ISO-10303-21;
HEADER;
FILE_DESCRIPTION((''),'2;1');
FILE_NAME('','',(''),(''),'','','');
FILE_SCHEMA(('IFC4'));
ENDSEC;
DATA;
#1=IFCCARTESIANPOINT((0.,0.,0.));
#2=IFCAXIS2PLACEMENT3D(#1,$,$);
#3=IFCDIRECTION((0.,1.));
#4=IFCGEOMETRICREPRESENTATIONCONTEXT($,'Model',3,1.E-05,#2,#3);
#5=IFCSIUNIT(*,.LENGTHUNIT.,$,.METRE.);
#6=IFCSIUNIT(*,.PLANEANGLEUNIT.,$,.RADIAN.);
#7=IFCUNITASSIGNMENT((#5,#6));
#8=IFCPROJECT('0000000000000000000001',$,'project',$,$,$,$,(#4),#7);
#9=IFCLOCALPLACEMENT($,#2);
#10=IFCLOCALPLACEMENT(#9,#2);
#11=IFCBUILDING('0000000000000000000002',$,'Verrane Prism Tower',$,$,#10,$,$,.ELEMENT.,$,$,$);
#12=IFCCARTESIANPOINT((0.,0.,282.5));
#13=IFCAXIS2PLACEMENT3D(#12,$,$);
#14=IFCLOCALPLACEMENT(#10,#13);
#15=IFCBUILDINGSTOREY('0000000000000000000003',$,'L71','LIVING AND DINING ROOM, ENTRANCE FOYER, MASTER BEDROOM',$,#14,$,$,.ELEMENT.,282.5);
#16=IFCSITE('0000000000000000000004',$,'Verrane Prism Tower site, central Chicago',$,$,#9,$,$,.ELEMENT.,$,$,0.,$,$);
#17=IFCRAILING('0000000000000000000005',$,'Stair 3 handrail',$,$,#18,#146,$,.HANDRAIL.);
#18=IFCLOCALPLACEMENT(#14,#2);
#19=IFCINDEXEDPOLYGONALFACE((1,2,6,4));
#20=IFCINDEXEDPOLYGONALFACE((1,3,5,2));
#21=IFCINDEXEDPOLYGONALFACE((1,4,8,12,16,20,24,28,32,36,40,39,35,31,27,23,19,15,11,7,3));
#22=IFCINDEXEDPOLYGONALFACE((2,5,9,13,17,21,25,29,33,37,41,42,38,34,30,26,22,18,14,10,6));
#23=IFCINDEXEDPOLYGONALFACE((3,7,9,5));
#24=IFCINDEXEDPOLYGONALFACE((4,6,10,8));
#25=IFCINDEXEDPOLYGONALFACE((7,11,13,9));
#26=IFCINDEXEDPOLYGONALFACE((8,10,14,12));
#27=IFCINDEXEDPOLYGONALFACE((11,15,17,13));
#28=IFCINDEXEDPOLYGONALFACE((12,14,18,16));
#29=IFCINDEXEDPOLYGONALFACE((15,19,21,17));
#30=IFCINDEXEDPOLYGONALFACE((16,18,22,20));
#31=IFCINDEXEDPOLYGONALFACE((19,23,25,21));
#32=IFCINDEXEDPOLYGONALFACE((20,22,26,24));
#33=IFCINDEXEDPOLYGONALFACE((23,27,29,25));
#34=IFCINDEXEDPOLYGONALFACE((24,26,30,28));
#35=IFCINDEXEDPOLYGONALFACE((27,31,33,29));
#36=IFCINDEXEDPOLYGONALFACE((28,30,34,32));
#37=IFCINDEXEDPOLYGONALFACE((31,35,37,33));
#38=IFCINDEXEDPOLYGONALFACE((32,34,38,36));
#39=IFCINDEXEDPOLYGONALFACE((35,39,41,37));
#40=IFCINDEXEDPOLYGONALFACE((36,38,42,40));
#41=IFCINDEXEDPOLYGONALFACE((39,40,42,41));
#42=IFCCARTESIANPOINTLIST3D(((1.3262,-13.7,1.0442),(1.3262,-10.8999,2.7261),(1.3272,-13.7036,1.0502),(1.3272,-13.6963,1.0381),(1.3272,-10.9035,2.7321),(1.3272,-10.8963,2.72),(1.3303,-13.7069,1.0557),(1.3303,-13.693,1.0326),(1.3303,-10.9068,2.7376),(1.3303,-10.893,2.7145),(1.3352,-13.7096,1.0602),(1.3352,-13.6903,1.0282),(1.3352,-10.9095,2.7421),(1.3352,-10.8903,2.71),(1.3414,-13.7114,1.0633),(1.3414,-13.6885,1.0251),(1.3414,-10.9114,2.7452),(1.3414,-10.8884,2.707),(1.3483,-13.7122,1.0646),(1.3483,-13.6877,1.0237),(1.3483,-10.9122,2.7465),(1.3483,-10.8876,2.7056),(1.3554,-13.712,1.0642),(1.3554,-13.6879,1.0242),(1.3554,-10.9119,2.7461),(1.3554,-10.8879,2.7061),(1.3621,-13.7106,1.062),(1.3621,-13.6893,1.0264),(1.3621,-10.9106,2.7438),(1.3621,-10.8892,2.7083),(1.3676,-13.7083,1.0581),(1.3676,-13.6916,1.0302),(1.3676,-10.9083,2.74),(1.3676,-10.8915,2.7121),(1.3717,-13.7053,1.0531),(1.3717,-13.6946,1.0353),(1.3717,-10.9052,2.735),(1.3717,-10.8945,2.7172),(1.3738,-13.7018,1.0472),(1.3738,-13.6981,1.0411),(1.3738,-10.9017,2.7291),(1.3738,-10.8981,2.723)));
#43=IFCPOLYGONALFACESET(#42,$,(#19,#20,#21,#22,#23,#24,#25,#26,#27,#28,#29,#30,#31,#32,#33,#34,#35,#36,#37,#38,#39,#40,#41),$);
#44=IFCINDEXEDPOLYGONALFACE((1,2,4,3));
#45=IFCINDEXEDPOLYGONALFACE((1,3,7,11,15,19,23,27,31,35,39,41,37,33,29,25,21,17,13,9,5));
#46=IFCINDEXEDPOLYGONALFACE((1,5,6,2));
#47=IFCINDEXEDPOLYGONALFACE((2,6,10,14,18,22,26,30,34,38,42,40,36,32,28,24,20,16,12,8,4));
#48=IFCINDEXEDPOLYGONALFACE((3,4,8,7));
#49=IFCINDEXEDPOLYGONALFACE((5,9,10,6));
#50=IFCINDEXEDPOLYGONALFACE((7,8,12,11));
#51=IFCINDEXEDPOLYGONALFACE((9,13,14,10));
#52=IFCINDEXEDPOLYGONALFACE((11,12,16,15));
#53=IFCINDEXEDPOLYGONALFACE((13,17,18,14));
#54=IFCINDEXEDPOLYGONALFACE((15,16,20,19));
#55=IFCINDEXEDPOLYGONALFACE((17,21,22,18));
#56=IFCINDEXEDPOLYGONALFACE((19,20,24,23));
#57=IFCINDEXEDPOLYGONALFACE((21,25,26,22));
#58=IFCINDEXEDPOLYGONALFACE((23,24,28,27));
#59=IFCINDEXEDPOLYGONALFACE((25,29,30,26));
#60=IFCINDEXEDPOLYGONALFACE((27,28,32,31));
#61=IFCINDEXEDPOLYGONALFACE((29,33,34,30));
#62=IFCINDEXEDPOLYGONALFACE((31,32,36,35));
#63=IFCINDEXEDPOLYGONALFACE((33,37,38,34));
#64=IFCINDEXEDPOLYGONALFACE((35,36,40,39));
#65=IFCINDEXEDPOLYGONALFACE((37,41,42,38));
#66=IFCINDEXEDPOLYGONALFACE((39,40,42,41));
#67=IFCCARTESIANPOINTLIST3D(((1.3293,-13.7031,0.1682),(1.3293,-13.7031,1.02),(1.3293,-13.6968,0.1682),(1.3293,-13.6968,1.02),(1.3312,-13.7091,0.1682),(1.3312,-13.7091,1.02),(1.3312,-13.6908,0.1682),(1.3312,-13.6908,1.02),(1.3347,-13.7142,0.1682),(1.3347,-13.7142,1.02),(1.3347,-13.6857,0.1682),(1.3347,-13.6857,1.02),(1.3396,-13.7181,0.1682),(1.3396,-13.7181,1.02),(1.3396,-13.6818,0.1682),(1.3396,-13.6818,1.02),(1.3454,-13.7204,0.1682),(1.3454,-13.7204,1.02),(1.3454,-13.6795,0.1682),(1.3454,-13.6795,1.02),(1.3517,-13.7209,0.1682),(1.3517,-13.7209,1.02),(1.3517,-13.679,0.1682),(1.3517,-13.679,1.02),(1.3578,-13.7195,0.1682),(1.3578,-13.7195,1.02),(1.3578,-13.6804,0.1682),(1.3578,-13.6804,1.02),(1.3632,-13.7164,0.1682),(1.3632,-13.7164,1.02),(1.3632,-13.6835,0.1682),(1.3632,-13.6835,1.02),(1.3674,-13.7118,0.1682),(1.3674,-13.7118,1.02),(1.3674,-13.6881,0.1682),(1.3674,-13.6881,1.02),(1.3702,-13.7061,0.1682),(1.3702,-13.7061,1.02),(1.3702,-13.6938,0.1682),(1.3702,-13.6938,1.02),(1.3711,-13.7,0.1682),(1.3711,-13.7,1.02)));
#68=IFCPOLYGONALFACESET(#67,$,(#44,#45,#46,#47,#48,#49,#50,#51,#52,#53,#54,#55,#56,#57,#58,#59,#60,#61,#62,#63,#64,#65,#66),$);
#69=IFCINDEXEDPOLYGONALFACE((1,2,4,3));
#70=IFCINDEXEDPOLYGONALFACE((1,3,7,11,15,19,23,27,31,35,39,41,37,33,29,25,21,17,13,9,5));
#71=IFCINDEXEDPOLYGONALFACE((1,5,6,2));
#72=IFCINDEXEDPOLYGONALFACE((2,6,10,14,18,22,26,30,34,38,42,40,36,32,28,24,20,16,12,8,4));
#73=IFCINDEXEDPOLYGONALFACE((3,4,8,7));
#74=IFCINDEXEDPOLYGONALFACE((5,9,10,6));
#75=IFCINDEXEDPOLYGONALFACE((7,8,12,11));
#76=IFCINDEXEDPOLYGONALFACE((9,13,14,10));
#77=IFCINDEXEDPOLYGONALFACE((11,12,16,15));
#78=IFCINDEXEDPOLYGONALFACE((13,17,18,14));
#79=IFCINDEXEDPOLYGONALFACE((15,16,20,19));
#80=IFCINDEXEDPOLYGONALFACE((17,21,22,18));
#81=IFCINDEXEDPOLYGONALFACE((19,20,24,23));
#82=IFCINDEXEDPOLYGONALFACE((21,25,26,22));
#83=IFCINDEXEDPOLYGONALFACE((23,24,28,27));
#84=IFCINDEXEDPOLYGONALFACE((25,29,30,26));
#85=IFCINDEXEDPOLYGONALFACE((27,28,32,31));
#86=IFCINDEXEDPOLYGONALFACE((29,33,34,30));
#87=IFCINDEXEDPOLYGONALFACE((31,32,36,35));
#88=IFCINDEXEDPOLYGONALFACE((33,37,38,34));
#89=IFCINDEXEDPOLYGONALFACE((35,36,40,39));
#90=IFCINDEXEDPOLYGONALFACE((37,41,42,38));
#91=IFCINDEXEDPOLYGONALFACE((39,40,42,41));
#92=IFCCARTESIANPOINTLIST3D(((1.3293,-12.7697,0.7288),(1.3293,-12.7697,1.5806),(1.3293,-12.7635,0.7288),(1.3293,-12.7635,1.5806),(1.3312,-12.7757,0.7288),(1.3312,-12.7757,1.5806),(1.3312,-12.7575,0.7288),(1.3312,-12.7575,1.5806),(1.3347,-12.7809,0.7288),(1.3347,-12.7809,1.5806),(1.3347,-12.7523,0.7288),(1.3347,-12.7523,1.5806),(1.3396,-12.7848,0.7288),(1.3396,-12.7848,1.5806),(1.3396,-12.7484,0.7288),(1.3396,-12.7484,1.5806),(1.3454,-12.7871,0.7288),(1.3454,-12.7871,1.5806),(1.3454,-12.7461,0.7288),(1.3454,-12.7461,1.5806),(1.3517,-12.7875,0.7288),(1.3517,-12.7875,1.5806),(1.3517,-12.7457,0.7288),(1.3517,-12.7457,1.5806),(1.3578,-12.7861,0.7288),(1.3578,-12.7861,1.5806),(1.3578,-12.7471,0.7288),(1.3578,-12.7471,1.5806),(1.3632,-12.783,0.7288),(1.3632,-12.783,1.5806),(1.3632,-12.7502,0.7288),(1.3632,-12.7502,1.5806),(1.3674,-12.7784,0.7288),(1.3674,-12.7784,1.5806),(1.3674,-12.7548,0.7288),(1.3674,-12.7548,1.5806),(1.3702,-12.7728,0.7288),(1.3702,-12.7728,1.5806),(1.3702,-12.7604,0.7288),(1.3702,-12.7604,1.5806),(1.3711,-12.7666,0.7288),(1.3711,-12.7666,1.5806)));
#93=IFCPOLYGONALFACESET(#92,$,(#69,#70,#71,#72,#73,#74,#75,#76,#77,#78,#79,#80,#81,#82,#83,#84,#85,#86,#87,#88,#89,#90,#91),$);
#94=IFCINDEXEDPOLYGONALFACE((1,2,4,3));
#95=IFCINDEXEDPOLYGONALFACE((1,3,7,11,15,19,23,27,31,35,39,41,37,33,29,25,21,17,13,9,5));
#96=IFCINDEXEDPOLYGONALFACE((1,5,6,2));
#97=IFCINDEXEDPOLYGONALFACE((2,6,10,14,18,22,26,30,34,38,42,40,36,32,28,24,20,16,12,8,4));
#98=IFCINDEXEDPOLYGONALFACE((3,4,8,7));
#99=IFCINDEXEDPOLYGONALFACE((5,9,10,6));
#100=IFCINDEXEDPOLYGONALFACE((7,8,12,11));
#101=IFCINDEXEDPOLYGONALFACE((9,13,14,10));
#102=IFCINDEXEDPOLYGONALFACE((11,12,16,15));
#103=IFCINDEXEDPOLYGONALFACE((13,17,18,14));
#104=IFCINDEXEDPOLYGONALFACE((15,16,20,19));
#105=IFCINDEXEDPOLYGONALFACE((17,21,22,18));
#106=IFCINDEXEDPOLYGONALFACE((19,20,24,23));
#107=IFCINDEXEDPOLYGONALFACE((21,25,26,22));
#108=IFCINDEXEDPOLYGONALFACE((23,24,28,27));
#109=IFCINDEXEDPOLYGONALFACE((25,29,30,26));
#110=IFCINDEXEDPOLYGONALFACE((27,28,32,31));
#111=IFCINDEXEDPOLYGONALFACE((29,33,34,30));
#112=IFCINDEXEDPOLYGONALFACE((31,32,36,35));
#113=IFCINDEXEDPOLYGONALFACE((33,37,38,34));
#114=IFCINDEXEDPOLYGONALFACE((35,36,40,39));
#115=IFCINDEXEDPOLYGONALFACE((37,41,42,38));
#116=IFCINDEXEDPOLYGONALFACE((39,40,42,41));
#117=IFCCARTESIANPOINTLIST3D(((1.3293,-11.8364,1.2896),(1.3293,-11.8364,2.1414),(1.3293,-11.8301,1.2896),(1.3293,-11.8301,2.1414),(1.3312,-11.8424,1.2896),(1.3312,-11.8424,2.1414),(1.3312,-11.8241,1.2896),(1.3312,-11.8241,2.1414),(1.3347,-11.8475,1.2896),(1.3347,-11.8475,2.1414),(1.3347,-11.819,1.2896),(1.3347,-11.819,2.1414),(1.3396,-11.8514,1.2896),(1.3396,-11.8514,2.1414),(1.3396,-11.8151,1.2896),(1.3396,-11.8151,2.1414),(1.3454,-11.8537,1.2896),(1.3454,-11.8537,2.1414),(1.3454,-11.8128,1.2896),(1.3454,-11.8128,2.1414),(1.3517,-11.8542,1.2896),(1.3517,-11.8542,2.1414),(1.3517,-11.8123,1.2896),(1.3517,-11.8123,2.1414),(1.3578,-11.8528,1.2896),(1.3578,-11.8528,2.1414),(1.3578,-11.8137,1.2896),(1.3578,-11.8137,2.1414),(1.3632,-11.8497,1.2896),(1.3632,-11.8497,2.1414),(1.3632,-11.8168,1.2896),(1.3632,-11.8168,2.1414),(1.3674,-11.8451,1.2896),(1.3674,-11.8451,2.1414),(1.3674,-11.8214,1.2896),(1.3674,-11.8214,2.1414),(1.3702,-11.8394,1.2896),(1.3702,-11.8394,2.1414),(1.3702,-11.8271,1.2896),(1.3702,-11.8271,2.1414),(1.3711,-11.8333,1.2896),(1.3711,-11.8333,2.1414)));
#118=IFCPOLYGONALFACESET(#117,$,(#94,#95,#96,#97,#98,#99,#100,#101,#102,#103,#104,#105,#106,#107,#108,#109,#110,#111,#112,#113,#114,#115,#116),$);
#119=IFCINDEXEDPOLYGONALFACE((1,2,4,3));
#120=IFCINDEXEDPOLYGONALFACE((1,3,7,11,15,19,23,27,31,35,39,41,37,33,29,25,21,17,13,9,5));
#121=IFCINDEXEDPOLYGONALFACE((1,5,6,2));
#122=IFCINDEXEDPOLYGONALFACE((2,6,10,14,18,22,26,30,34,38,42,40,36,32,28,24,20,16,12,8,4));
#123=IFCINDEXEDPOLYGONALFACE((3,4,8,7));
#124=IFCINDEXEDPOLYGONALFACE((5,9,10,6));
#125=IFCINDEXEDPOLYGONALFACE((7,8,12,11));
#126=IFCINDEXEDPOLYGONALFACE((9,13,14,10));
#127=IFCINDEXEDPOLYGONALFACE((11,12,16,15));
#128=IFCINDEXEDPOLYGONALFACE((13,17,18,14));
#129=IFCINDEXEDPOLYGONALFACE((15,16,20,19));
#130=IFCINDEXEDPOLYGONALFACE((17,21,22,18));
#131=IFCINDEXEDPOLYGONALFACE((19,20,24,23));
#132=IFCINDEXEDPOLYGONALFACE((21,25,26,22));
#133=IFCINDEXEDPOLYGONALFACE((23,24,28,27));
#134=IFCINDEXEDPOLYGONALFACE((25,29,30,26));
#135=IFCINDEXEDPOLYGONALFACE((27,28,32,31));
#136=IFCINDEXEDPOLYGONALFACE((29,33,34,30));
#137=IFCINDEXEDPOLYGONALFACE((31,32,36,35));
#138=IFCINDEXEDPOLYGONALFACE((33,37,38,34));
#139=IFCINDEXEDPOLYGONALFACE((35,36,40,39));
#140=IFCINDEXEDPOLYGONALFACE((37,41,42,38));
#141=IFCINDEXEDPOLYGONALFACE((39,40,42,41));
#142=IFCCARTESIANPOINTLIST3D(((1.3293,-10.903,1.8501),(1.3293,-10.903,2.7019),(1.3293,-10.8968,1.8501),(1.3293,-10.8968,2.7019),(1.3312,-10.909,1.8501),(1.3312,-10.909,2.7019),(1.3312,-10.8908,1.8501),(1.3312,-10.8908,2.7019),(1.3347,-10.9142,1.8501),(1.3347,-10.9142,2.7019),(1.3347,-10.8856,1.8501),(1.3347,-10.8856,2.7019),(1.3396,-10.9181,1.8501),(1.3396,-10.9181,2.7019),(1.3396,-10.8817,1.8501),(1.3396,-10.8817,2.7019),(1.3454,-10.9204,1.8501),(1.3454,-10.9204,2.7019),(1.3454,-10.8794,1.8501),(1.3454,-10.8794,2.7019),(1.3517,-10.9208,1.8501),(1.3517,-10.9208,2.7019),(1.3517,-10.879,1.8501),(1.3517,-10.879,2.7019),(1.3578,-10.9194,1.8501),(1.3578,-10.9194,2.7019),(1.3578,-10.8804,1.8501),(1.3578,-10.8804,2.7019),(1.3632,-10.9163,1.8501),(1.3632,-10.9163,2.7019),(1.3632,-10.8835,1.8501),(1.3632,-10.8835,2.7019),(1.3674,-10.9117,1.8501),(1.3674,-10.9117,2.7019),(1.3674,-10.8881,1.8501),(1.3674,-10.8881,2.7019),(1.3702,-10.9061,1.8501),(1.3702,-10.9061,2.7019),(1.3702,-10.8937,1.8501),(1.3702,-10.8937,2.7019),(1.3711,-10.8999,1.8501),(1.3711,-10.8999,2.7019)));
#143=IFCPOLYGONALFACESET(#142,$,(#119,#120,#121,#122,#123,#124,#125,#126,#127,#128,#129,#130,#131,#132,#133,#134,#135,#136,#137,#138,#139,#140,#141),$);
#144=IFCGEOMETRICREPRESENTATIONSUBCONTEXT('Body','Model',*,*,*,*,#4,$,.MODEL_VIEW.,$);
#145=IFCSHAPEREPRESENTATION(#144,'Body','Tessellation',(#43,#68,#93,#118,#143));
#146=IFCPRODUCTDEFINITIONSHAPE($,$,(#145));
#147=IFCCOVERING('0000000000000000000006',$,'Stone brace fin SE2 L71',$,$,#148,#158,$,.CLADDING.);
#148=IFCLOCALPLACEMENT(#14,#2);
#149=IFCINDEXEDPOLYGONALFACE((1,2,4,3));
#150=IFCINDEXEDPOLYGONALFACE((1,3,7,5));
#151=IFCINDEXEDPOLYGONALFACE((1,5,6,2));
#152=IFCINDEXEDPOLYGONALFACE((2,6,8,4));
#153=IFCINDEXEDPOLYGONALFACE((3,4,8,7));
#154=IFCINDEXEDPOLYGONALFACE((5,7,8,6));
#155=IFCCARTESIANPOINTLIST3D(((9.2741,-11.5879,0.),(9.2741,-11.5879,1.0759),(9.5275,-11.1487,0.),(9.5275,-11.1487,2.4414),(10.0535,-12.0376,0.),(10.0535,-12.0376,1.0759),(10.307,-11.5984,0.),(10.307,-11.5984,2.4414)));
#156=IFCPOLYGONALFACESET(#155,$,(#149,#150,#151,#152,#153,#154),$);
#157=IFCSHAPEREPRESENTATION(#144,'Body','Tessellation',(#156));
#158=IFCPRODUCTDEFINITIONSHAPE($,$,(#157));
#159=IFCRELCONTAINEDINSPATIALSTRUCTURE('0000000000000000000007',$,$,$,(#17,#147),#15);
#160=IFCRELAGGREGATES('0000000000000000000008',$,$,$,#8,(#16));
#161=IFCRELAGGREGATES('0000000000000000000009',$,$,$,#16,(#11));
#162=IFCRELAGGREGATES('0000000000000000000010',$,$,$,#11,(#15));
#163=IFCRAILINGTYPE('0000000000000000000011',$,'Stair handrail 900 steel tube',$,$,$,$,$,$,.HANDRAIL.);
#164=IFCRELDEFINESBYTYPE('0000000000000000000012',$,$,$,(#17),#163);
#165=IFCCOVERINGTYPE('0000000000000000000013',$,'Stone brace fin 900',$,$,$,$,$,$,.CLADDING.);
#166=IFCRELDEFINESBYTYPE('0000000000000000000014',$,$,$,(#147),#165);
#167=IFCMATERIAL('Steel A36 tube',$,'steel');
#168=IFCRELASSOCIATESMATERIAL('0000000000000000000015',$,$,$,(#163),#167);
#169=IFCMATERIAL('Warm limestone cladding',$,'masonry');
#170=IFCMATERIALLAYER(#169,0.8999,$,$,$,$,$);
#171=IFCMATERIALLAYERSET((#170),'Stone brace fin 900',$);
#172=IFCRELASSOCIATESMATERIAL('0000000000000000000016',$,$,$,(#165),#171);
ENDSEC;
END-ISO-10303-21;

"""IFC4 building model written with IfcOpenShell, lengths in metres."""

from ifc_helpers import new_model, si_unit, direction, frame, origin, origin_2d, place, context, subcontext, project, spatial, polyline, circle, outline, extrude, material, layer, layer_set, type_object, element, save


model = new_model("IFC4")

# Units and contexts
model_context = context("Model", 3, precision=1e-05, world=origin(), true_north=direction((0.0, 1.0)))
body_context = subcontext(model_context, "Body", "Model", "MODEL_VIEW")
ifc_project = project(units=[si_unit("LENGTHUNIT", "METRE"), si_unit("PLANEANGLEUNIT", "RADIAN")], contexts=[model_context])

# Site, building, storey
site_placement = place(None, origin())
site = spatial("IfcSite", under=ifc_project, at=site_placement, Name="Verrane Prism Tower site, central Chicago", CompositionType="ELEMENT", RefElevation=0.0)
building_placement = place(site_placement, origin())
building = spatial("IfcBuilding", under=site, at=building_placement, Name="Verrane Prism Tower", CompositionType="ELEMENT")
storey_placement = place(building_placement, frame((0.0, 0.0, 282.5)))
storey = spatial("IfcBuildingStorey", under=building, at=storey_placement, Name="L71", Description="LIVING AND DINING ROOM, ENTRANCE FOYER, MASTER BEDROOM", CompositionType="ELEMENT", Elevation=282.5)

# Railing
ifc_material_1 = material(Name="Steel A36 tube", Category="steel")
railing_type_1 = type_object("IfcRailingType", Name="Stair handrail 900 steel tube", PredefinedType="HANDRAIL", material=ifc_material_1)
railing_1_placement = place(storey_placement, frame((1.3501, -13.7, 0.1682)))
element("IfcRailing", 1, at=railing_1_placement, inside=storey, type_object=railing_type_1, Name="Stair 3 handrail", PredefinedType="HANDRAIL", context=body_context, shape_type="SweptSolid", body=[
    extrude(circle(Radius=0.0239, at=origin_2d()), frame((0.0, 0.0, 0.876), z_axis=(0.0, 0.857242, 0.514913), x_axis=(-1.0, 0.0, 0.0)), (0.0, 0.0, 1.0), 3.2664),
    extrude(circle(Radius=0.021, at=origin_2d()), origin(), (0.0, 0.0, 1.0), 0.8518),
    extrude(circle(Radius=0.021, at=origin_2d()), frame((0.0, 0.9333, 0.5605)), (0.0, 0.0, 1.0), 0.8518),
    extrude(circle(Radius=0.021, at=origin_2d()), frame((0.0, 1.8667, 1.1213)), (0.0, 0.0, 1.0), 0.8518),
    extrude(circle(Radius=0.021, at=origin_2d()), frame((0.0, 2.8, 1.6819)), (0.0, 0.0, 1.0), 0.8518),
])

# Covering
ifc_material_2 = material(Name="Warm limestone cladding", Category="masonry")
ifc_layer_1 = layer(ifc_material_2, 0.8999)
ifc_layer_set_1 = layer_set([ifc_layer_1], Name="Stone brace fin 900")
covering_type = type_object("IfcCoveringType", Name="Stone brace fin 900", PredefinedType="CLADDING", material=ifc_layer_set_1)
covering_placement = place(storey_placement, frame((9.6638, -11.8127, 0.0), z_axis=(0.0, 0.0, 1.0), x_axis=(0.499764, 0.866162, 0.0)))
element("IfcCovering", 2, at=covering_placement, inside=storey, type_object=covering_type, Name="Stone brace fin SE2 L71", PredefinedType="CLADDING", context=body_context, shape_type="SweptSolid", body=[
    extrude(outline(polyline([(0.0, 0.0), (0.5071, 0.0), (0.5071, 2.4414), (0.0, 1.0759), (0.0, 0.0)])), frame((0.0, 0.45, 0.0), z_axis=(0.0, -1.0, 0.0), x_axis=(1.0, 0.0, 0.0)), (0.0, 0.0, 1.0), 0.8999),
])

save(model, "model.ifc")
